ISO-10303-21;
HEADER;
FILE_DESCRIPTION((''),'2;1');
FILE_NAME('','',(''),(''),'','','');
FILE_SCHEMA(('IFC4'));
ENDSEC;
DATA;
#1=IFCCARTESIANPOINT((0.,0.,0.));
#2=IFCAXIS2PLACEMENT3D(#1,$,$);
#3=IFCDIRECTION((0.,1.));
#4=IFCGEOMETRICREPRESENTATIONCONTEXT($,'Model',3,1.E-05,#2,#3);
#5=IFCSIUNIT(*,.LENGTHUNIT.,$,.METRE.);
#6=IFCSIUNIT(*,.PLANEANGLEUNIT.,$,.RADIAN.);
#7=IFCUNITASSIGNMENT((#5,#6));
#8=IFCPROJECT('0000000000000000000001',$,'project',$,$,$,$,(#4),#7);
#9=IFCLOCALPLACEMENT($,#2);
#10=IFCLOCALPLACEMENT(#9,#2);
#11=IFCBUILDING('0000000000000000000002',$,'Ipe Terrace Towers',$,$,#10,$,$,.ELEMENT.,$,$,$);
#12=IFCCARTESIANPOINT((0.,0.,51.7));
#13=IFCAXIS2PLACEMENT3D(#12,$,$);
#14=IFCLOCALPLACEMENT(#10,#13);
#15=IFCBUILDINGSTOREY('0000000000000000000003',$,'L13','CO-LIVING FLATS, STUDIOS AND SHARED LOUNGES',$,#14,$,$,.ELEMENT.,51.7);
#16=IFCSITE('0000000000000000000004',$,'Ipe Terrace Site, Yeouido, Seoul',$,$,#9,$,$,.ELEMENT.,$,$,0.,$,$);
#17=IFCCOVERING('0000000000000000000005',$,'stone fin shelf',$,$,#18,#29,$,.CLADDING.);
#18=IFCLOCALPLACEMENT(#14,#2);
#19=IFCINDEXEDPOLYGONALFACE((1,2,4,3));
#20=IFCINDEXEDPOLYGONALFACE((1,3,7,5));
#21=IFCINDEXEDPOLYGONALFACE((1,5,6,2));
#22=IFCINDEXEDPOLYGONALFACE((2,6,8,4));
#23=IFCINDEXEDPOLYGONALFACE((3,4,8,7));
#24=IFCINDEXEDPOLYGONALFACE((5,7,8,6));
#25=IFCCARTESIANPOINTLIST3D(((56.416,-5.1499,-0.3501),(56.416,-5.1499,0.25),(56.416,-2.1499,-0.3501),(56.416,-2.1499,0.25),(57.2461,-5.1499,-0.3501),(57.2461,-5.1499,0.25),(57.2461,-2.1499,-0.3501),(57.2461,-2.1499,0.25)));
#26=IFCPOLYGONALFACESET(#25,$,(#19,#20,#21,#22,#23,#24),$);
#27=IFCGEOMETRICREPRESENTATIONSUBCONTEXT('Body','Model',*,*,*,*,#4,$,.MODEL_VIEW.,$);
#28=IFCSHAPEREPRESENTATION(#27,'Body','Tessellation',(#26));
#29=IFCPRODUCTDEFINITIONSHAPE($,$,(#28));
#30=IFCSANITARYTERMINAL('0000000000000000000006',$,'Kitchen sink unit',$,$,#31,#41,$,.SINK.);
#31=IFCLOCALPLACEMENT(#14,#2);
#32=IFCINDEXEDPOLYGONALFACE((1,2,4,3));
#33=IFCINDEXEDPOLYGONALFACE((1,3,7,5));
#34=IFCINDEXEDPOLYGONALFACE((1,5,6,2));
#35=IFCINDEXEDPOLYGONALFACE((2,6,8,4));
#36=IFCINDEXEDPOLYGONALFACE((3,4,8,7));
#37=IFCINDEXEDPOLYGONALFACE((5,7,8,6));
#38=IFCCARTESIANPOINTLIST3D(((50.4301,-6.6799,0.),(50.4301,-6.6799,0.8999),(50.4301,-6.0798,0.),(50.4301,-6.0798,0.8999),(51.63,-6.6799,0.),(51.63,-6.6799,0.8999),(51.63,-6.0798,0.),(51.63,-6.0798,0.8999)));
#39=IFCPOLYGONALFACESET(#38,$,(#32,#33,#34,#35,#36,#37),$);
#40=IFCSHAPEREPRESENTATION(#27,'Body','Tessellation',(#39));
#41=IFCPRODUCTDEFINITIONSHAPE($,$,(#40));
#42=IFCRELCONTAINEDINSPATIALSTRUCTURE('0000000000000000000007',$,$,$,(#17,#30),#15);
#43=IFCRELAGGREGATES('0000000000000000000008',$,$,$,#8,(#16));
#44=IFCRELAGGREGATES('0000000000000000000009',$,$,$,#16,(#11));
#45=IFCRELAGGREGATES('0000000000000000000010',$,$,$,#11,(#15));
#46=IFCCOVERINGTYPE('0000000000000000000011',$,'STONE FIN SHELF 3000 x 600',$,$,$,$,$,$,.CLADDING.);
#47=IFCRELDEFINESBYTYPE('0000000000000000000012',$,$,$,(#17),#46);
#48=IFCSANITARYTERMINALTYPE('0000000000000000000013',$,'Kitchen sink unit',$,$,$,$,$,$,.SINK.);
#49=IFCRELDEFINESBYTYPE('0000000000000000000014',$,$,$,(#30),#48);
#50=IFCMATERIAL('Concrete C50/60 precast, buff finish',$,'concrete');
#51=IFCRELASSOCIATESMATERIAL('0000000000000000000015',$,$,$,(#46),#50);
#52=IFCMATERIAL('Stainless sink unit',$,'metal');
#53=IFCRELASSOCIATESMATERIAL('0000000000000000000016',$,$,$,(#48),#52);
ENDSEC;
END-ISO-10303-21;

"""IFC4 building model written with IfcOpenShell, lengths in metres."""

from ifc_helpers import new_model, si_unit, direction, frame, origin, origin_2d, place, context, subcontext, project, spatial, rectangle, extrude, material, type_object, element, save


model = new_model("IFC4")

# Units and contexts
model_context = context("Model", 3, precision=1e-05, world=origin(), true_north=direction((0.0, 1.0)))
body_context = subcontext(model_context, "Body", "Model", "MODEL_VIEW")
ifc_project = project(units=[si_unit("LENGTHUNIT", "METRE"), si_unit("PLANEANGLEUNIT", "RADIAN")], contexts=[model_context])

# Site, building, storey
site_placement = place(None, origin())
site = spatial("IfcSite", under=ifc_project, at=site_placement, Name="Ipe Terrace Site, Yeouido, Seoul", CompositionType="ELEMENT", RefElevation=0.0)
building_placement = place(site_placement, origin())
building = spatial("IfcBuilding", under=site, at=building_placement, Name="Ipe Terrace Towers", CompositionType="ELEMENT")
storey_placement = place(building_placement, frame((0.0, 0.0, 51.7)))
storey = spatial("IfcBuildingStorey", under=building, at=storey_placement, Name="L13", Description="CO-LIVING FLATS, STUDIOS AND SHARED LOUNGES", CompositionType="ELEMENT", Elevation=51.7)

# Covering
ifc_material_1 = material(Name="Concrete C50/60 precast, buff finish", Category="concrete")
covering_type_1 = type_object("IfcCoveringType", Name="STONE FIN SHELF 3000 x 600", PredefinedType="CLADDING", material=ifc_material_1)
for number, where, z_axis, x_axis, name in (
    (1, (56.8311, -3.6499, -0.3501), (0.0, 0.0, 1.0), (0.0, 1.0, 0.0), "stone fin shelf"),
):
    element("IfcCovering", number, at=place(storey_placement, frame(where, z_axis=z_axis, x_axis=x_axis)), inside=storey, type_object=covering_type_1, Name=name, PredefinedType="CLADDING", context=body_context, shape_type="SweptSolid", body=[
        extrude(rectangle(XDim=3.0, YDim=0.8301, at=origin_2d()), origin(), (0.0, 0.0, 1.0), 0.6001),
    ])

# Sanitary terminal
ifc_material_2 = material(Name="Stainless sink unit", Category="metal")
sanitary_terminal_type = type_object("IfcSanitaryTerminalType", Name="Kitchen sink unit", PredefinedType="SINK", material=ifc_material_2)
sanitary_terminal_placement = place(storey_placement, frame((51.03, -6.3799, 0.0), z_axis=(0.0, 0.0, 1.0), x_axis=(-1.0, 0.0, 0.0)))
element("IfcSanitaryTerminal", 2, at=sanitary_terminal_placement, inside=storey, type_object=sanitary_terminal_type, Name="Kitchen sink unit", PredefinedType="SINK", context=body_context, shape_type="SweptSolid", body=[
    extrude(rectangle(XDim=1.2, YDim=0.6001, at=origin_2d()), origin(), (0.0, 0.0, 1.0), 0.8999),
])

save(model, "model.ifc")
